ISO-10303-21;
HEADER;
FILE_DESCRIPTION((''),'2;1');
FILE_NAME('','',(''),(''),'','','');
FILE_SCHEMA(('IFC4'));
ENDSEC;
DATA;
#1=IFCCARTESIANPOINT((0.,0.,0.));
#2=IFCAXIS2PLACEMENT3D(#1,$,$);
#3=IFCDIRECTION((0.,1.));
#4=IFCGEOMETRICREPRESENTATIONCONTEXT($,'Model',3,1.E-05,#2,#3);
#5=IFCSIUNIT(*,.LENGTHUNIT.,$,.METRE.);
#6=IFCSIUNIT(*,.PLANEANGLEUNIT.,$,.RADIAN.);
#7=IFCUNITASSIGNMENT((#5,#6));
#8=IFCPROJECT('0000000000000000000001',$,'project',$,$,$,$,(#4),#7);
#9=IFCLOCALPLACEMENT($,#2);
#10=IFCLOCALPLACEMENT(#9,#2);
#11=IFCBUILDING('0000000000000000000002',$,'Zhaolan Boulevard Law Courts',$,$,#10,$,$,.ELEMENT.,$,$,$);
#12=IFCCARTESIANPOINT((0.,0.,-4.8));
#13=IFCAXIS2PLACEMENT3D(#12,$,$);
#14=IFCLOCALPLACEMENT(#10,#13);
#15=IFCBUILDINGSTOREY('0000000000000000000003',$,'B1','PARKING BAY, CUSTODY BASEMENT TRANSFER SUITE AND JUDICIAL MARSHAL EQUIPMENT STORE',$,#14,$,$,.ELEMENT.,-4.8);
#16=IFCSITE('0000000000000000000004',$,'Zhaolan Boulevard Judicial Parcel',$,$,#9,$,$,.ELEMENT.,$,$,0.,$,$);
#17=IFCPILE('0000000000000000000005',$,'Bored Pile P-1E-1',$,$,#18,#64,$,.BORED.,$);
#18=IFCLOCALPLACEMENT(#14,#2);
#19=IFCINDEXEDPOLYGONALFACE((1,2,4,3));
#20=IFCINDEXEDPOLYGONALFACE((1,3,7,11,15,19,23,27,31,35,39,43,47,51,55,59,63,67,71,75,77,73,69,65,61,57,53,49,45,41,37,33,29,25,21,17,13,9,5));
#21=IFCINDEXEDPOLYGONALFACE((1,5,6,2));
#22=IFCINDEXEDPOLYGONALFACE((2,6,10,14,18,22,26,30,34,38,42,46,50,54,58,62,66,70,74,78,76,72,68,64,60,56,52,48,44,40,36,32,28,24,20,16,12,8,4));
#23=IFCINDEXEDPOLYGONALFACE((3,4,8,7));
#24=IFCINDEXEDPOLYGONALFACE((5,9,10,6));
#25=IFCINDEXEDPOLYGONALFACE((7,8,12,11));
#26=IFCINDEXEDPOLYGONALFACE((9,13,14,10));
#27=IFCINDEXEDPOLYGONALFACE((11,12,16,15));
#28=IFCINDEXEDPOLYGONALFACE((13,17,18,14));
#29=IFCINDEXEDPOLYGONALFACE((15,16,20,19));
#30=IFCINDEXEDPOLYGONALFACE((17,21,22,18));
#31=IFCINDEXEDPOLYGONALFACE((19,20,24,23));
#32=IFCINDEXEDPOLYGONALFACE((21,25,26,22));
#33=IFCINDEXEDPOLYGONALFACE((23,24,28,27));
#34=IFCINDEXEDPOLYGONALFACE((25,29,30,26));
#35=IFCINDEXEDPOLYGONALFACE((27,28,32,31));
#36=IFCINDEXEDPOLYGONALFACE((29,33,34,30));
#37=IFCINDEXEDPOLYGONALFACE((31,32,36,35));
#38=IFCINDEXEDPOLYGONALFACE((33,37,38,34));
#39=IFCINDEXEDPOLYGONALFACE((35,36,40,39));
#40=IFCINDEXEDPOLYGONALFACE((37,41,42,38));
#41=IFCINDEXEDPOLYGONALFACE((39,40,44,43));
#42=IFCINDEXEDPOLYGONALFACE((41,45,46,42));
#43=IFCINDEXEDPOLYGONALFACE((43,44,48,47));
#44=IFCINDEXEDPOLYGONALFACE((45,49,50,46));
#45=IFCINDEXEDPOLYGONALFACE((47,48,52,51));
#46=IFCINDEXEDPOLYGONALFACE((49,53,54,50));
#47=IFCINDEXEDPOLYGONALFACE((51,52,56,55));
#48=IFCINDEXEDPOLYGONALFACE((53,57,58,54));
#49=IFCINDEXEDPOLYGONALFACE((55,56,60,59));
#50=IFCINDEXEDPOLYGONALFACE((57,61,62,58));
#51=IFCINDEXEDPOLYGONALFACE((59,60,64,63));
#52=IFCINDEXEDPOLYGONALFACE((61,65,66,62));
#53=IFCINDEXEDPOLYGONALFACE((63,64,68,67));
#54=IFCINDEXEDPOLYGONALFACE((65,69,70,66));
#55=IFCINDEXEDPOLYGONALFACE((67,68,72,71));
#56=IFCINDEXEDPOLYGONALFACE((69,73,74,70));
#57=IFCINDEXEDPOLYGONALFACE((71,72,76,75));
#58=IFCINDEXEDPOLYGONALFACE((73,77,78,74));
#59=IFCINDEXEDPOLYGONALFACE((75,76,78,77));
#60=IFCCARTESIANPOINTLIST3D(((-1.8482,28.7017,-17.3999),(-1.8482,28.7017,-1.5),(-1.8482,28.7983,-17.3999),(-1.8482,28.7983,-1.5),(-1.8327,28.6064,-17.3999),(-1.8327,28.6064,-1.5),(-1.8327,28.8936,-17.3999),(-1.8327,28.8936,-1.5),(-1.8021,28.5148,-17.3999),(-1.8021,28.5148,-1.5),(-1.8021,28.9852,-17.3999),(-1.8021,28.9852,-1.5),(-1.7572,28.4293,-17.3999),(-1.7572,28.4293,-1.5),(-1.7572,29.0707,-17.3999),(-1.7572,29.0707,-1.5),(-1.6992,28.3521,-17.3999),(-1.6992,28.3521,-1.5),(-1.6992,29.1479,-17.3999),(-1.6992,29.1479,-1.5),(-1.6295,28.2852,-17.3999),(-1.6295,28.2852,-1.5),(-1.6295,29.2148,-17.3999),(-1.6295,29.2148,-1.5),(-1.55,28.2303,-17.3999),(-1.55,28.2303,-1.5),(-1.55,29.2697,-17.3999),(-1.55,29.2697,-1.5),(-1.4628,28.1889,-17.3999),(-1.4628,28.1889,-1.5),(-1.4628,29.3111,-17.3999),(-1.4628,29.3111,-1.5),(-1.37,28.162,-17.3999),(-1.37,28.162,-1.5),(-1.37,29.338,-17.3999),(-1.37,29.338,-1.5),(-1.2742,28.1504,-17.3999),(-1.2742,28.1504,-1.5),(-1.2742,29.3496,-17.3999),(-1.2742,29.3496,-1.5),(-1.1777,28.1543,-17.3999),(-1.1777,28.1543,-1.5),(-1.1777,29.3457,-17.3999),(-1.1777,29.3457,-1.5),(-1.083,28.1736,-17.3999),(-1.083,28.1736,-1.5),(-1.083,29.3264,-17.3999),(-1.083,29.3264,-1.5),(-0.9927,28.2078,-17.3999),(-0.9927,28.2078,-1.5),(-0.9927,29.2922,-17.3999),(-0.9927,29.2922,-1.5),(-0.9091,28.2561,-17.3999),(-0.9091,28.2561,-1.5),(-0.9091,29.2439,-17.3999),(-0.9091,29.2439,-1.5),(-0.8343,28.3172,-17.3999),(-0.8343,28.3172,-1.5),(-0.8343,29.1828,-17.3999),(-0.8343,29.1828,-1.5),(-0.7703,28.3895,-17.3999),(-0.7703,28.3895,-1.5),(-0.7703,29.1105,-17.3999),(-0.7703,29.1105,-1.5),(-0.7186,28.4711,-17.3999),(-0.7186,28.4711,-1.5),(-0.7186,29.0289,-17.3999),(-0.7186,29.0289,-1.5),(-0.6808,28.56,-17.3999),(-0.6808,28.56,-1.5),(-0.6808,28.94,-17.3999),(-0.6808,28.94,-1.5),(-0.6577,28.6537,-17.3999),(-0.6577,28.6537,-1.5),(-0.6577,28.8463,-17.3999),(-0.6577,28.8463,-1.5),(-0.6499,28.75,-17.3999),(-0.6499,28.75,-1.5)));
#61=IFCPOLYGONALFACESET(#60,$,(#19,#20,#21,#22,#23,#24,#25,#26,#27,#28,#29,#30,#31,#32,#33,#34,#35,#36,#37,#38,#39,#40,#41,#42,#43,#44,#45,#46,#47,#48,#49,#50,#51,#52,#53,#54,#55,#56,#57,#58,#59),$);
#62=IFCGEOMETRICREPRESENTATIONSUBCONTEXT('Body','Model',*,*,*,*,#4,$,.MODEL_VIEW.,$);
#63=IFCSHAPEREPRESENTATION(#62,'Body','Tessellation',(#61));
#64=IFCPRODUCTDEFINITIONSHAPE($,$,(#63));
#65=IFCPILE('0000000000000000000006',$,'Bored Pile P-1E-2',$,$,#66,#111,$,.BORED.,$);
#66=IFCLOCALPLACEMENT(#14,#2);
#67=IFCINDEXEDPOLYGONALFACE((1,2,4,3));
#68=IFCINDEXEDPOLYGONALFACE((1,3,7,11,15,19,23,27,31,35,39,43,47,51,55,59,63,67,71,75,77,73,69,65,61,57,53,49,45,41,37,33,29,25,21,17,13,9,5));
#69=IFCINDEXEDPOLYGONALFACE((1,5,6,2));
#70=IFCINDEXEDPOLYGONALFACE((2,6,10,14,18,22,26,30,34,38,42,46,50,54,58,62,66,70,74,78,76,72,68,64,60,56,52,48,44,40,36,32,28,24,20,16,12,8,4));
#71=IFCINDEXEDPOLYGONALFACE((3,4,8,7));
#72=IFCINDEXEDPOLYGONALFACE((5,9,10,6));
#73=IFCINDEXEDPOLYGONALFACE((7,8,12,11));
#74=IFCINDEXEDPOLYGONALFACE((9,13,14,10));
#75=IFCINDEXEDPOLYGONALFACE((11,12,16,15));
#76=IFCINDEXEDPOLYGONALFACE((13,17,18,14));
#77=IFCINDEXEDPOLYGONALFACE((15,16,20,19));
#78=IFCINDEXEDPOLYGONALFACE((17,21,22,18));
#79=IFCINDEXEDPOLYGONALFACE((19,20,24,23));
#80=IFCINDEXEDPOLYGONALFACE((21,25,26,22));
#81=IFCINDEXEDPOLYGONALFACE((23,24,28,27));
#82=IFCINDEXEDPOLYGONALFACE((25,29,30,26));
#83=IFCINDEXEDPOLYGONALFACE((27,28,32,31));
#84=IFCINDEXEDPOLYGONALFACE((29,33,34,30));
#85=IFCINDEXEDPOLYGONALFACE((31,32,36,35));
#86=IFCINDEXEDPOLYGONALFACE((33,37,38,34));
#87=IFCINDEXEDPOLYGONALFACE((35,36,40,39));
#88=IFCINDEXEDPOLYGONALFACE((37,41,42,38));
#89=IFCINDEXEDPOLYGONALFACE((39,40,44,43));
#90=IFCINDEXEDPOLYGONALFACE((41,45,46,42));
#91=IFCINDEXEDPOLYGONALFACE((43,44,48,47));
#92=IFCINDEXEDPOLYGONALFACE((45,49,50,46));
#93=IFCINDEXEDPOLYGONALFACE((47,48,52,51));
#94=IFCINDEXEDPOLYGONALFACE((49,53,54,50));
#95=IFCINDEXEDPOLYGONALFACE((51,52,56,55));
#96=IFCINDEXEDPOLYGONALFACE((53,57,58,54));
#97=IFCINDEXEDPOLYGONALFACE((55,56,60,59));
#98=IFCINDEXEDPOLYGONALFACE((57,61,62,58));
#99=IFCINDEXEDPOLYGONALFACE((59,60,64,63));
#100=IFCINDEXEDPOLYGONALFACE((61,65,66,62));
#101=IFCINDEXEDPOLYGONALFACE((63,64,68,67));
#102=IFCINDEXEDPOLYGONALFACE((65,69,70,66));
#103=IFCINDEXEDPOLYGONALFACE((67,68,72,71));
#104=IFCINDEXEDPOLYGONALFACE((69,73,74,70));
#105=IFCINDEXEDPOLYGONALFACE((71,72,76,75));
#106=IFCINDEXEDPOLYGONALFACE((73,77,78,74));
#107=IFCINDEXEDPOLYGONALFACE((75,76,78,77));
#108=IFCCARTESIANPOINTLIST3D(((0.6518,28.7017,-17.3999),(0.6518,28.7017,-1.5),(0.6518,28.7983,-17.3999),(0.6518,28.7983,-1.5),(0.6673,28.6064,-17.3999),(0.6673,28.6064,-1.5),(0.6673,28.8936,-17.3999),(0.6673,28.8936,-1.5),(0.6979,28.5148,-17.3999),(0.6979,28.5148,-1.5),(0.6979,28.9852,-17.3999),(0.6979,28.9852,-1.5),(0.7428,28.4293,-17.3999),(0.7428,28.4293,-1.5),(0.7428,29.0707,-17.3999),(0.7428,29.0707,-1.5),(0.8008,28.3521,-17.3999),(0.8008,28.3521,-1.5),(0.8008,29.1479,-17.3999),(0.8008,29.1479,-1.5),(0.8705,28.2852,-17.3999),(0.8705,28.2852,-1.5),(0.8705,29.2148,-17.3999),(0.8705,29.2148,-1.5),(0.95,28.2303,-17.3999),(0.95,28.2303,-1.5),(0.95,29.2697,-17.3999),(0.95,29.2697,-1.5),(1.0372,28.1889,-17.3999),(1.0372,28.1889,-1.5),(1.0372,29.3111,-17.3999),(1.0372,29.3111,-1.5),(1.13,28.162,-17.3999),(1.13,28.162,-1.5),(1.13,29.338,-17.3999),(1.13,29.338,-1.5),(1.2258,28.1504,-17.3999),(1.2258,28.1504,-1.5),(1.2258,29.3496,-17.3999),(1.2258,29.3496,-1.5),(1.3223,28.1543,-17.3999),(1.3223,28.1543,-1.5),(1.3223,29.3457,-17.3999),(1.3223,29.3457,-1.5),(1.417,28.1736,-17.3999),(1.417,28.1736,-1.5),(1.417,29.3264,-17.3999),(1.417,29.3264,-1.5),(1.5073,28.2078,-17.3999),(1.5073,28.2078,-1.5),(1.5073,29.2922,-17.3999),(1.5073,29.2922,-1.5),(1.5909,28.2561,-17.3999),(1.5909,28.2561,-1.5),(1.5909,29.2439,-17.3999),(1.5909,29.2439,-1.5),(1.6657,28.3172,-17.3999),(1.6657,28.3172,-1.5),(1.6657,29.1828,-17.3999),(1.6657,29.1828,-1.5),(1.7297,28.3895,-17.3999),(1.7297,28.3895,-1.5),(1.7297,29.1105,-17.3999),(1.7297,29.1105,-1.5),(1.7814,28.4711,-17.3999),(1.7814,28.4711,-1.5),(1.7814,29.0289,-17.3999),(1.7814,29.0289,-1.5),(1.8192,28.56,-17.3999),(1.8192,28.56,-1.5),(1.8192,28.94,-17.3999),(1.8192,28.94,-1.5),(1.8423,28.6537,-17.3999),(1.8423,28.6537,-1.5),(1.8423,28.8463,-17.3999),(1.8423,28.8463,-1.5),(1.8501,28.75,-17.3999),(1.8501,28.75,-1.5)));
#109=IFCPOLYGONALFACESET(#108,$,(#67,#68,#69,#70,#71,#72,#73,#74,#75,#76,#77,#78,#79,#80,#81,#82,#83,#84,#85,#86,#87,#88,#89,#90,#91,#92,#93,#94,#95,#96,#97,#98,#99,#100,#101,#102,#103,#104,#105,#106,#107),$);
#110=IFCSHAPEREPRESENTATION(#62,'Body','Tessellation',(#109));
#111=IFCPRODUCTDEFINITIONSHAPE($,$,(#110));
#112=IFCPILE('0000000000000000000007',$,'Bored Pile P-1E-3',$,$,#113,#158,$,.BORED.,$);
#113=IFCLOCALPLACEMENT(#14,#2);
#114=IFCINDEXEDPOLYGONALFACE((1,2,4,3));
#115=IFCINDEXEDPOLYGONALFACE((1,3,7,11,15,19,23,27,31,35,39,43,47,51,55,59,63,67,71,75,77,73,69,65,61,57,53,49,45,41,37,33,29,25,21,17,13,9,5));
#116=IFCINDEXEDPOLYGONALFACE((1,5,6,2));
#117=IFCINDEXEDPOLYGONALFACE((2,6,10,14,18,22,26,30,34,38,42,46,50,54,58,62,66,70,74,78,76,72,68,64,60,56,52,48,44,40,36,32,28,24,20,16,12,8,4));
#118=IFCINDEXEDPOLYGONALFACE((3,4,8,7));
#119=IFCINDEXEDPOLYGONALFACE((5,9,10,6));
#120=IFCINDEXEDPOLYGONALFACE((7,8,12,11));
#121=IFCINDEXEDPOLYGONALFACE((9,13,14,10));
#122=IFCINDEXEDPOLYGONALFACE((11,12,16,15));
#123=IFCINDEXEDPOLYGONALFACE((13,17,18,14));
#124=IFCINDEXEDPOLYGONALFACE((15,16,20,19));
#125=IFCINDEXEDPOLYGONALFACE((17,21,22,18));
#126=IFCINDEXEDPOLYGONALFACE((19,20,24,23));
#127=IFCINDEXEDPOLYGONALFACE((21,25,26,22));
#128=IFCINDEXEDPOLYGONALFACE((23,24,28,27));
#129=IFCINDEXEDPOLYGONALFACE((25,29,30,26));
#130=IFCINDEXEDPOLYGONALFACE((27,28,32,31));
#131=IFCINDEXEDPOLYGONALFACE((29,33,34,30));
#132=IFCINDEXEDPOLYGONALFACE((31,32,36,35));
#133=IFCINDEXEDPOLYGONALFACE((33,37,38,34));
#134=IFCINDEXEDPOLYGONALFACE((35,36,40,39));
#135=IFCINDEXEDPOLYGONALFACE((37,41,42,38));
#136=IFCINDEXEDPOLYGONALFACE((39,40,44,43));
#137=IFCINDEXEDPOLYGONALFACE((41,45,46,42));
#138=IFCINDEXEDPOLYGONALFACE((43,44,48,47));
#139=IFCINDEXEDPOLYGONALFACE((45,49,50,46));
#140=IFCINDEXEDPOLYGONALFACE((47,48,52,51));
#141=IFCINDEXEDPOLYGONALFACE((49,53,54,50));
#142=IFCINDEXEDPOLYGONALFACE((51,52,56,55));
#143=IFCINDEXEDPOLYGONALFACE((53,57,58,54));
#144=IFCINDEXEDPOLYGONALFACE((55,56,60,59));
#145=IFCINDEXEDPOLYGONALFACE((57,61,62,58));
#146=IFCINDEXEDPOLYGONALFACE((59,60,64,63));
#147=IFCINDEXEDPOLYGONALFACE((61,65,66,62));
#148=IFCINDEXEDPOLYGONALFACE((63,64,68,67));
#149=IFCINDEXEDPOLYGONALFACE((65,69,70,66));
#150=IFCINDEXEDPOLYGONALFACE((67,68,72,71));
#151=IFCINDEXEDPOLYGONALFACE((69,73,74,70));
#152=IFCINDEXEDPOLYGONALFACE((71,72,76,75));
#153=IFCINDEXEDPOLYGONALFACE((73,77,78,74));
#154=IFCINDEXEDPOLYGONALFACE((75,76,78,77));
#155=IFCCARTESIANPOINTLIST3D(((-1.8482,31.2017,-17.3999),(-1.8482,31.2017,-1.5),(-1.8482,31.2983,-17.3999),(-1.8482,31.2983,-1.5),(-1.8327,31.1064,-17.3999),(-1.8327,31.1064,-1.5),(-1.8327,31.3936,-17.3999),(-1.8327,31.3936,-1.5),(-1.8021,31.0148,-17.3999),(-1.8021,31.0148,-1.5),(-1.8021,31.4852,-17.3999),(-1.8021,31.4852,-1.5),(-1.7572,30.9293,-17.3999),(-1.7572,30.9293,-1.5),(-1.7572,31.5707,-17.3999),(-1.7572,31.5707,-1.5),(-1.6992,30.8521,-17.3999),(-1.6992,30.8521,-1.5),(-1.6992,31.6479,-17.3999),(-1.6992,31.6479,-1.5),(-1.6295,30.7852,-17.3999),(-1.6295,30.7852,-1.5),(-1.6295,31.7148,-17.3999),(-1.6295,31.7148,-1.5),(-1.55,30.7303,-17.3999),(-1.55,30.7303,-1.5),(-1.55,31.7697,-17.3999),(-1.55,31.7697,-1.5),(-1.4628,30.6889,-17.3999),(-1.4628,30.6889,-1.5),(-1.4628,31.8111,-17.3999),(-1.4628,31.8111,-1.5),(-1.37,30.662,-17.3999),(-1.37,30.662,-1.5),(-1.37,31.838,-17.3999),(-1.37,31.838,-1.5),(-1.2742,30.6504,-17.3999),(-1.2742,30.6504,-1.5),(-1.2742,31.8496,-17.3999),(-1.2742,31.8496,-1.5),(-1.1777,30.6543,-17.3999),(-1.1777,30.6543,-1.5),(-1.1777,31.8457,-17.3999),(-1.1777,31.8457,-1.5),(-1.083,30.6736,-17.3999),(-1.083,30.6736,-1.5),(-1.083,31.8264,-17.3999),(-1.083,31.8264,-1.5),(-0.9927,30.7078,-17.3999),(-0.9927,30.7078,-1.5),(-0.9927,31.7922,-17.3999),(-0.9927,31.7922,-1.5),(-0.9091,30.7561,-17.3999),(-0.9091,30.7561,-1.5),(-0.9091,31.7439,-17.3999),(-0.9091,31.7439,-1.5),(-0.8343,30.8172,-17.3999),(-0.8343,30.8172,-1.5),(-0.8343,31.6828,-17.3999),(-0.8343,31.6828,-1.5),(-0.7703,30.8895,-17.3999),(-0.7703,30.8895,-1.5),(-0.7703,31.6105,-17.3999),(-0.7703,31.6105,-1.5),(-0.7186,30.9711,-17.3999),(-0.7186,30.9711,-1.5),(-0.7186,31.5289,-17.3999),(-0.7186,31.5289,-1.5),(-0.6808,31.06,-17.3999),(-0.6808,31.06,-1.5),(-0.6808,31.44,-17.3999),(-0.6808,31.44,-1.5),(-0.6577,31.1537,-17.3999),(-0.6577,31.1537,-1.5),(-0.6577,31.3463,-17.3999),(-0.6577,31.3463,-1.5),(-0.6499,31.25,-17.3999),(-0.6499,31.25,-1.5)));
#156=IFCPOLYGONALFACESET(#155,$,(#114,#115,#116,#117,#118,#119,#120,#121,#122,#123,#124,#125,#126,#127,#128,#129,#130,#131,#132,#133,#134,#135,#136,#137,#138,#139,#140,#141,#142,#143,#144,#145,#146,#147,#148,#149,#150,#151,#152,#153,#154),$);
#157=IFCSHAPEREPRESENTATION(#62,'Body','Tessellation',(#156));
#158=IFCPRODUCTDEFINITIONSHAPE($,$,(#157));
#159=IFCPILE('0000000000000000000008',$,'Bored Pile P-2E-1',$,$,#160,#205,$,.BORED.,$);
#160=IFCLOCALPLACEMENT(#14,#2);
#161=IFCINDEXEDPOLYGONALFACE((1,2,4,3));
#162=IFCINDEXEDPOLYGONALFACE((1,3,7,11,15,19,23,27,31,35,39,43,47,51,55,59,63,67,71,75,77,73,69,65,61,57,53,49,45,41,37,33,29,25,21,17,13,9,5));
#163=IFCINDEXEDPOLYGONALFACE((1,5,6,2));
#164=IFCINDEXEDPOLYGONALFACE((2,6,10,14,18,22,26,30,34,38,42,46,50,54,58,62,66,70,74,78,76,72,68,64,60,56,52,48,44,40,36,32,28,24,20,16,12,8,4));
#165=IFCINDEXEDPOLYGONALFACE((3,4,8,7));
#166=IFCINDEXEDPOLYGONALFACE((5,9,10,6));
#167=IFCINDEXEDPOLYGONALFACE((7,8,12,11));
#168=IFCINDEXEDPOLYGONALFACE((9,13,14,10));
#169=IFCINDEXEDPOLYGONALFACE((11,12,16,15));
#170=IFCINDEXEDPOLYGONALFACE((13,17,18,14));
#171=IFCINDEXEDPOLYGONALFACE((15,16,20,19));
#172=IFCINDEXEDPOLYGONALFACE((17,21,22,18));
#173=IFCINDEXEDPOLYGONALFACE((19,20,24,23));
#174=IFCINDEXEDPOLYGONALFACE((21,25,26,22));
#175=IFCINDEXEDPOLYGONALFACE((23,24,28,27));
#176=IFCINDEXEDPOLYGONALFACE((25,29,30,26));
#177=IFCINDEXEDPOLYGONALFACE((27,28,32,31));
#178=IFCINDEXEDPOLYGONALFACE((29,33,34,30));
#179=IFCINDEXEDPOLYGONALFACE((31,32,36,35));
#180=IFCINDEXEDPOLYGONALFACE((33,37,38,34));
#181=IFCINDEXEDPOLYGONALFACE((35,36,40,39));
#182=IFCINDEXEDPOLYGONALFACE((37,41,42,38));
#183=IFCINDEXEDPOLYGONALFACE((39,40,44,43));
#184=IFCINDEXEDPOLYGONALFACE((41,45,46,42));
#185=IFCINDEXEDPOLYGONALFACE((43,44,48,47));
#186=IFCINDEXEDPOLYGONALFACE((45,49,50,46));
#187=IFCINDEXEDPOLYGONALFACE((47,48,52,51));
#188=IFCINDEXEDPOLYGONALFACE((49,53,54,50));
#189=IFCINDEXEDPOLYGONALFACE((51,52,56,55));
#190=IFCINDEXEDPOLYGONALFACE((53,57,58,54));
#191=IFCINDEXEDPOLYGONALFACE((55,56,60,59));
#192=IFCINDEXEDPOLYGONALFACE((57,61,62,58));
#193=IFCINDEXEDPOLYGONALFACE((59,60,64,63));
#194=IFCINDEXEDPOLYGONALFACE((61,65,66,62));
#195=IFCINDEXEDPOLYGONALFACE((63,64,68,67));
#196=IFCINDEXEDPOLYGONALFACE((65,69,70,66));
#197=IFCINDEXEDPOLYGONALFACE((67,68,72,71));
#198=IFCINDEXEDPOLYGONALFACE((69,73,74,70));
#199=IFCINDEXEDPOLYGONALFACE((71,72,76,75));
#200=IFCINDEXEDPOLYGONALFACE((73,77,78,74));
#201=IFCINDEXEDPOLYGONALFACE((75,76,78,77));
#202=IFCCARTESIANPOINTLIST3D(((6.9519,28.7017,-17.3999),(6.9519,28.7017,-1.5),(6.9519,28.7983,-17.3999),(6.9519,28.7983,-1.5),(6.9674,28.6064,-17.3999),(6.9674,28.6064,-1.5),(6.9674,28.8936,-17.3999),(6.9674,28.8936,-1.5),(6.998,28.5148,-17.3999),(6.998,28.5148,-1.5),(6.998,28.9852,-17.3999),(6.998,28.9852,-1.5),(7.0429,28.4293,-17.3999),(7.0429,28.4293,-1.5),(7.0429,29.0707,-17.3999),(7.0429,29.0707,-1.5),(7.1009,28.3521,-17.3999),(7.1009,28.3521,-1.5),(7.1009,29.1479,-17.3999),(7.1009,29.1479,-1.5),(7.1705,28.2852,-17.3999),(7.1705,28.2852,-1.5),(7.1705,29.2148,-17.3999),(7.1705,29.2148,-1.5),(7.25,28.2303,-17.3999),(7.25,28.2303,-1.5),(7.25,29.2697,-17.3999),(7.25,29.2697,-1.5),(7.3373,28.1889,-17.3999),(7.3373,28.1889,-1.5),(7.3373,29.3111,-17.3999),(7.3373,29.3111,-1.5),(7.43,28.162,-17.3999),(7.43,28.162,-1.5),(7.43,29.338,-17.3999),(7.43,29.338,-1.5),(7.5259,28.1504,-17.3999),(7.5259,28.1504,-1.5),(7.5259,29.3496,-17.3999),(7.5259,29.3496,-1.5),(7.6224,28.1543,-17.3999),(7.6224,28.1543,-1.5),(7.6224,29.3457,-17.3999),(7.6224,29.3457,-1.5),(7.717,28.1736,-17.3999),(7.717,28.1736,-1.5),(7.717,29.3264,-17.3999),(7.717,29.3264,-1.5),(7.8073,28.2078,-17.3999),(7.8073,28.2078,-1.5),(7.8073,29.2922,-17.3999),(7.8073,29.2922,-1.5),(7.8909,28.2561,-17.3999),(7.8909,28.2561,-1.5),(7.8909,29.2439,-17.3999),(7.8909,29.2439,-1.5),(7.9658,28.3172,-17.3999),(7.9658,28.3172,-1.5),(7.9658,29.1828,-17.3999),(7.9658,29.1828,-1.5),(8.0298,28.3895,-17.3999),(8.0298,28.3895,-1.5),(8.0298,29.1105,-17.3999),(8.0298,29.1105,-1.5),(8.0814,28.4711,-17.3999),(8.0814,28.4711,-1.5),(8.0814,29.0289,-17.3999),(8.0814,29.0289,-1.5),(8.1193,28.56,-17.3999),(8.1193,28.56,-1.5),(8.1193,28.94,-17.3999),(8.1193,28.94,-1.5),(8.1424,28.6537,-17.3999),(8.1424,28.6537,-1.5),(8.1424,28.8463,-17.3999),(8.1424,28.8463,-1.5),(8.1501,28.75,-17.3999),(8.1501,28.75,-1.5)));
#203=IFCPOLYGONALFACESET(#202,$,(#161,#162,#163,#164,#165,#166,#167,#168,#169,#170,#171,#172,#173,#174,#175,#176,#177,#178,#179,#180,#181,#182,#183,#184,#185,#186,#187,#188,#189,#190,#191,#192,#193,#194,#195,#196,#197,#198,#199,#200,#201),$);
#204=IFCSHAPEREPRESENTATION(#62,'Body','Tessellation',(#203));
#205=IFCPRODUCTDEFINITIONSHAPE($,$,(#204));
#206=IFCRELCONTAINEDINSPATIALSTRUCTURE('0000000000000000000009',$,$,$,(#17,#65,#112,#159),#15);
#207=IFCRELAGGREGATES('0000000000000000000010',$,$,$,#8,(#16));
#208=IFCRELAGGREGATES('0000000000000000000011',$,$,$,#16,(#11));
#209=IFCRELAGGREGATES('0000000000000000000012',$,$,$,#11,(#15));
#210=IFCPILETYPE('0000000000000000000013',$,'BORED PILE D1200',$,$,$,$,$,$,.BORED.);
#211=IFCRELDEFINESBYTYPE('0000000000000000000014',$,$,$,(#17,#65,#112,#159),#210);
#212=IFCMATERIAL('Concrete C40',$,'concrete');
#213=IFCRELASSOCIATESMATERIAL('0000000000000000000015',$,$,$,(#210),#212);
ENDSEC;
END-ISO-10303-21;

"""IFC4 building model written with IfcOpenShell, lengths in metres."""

from ifc_helpers import new_model, si_unit, direction, frame, origin, origin_2d, place, context, subcontext, project, spatial, circle, extrude, material, material_profile, profile_set, type_object, element, save


model = new_model("IFC4")

# Units and contexts
model_context = context("Model", 3, precision=1e-05, world=origin(), true_north=direction((0.0, 1.0)))
body_context = subcontext(model_context, "Body", "Model", "MODEL_VIEW")
ifc_project = project(units=[si_unit("LENGTHUNIT", "METRE"), si_unit("PLANEANGLEUNIT", "RADIAN")], contexts=[model_context])

# Site, building, storey
site_placement = place(None, origin())
site = spatial("IfcSite", under=ifc_project, at=site_placement, Name="Zhaolan Boulevard Judicial Parcel", CompositionType="ELEMENT", RefElevation=0.0)
building_placement = place(site_placement, origin())
building = spatial("IfcBuilding", under=site, at=building_placement, Name="Zhaolan Boulevard Law Courts", CompositionType="ELEMENT")
storey_placement = place(building_placement, frame((0.0, 0.0, -4.8)))
storey = spatial("IfcBuildingStorey", under=building, at=storey_placement, Name="B1", Description="PARKING BAY, CUSTODY BASEMENT TRANSFER SUITE AND JUDICIAL MARSHAL EQUIPMENT STORE", CompositionType="ELEMENT", Elevation=-4.8)

# Piles
ifc_material_1 = material(Name="Concrete C40", Category="concrete")
ifc_material_profile_1 = material_profile(ifc_material_1, circle(Radius=0.6001, at=origin_2d()), Name="PILE-D1200")
ifc_profile_set_1 = profile_set([ifc_material_profile_1], Name="Concrete C40")
pile_type = type_object("IfcPileType", Name="BORED PILE D1200", PredefinedType="BORED", material=ifc_profile_set_1)
for number, where, z_axis, x_axis, name in (
    (1, (-1.25, 28.75, -1.5), (0.0, 0.0, -1.0), (1.0, 0.0, 0.0), "Bored Pile P-1E-1"),
    (2, (1.25, 28.75, -1.5), (0.0, 0.0, -1.0), (1.0, 0.0, 0.0), "Bored Pile P-1E-2"),
    (3, (-1.25, 31.25, -1.5), (0.0, 0.0, -1.0), (1.0, 0.0, 0.0), "Bored Pile P-1E-3"),
    (4, (7.55, 28.75, -1.5), (0.0, 0.0, -1.0), (1.0, 0.0, 0.0), "Bored Pile P-2E-1"),
):
    element("IfcPile", number, at=place(storey_placement, frame(where, z_axis=z_axis, x_axis=x_axis)), inside=storey, type_object=pile_type, Name=name, PredefinedType="BORED", context=body_context, shape_type="SweptSolid", body=[
        extrude(circle(Radius=0.6001, at=origin_2d()), origin(), (0.0, 0.0, 1.0), 15.8999),
    ])

save(model, "model.ifc")
